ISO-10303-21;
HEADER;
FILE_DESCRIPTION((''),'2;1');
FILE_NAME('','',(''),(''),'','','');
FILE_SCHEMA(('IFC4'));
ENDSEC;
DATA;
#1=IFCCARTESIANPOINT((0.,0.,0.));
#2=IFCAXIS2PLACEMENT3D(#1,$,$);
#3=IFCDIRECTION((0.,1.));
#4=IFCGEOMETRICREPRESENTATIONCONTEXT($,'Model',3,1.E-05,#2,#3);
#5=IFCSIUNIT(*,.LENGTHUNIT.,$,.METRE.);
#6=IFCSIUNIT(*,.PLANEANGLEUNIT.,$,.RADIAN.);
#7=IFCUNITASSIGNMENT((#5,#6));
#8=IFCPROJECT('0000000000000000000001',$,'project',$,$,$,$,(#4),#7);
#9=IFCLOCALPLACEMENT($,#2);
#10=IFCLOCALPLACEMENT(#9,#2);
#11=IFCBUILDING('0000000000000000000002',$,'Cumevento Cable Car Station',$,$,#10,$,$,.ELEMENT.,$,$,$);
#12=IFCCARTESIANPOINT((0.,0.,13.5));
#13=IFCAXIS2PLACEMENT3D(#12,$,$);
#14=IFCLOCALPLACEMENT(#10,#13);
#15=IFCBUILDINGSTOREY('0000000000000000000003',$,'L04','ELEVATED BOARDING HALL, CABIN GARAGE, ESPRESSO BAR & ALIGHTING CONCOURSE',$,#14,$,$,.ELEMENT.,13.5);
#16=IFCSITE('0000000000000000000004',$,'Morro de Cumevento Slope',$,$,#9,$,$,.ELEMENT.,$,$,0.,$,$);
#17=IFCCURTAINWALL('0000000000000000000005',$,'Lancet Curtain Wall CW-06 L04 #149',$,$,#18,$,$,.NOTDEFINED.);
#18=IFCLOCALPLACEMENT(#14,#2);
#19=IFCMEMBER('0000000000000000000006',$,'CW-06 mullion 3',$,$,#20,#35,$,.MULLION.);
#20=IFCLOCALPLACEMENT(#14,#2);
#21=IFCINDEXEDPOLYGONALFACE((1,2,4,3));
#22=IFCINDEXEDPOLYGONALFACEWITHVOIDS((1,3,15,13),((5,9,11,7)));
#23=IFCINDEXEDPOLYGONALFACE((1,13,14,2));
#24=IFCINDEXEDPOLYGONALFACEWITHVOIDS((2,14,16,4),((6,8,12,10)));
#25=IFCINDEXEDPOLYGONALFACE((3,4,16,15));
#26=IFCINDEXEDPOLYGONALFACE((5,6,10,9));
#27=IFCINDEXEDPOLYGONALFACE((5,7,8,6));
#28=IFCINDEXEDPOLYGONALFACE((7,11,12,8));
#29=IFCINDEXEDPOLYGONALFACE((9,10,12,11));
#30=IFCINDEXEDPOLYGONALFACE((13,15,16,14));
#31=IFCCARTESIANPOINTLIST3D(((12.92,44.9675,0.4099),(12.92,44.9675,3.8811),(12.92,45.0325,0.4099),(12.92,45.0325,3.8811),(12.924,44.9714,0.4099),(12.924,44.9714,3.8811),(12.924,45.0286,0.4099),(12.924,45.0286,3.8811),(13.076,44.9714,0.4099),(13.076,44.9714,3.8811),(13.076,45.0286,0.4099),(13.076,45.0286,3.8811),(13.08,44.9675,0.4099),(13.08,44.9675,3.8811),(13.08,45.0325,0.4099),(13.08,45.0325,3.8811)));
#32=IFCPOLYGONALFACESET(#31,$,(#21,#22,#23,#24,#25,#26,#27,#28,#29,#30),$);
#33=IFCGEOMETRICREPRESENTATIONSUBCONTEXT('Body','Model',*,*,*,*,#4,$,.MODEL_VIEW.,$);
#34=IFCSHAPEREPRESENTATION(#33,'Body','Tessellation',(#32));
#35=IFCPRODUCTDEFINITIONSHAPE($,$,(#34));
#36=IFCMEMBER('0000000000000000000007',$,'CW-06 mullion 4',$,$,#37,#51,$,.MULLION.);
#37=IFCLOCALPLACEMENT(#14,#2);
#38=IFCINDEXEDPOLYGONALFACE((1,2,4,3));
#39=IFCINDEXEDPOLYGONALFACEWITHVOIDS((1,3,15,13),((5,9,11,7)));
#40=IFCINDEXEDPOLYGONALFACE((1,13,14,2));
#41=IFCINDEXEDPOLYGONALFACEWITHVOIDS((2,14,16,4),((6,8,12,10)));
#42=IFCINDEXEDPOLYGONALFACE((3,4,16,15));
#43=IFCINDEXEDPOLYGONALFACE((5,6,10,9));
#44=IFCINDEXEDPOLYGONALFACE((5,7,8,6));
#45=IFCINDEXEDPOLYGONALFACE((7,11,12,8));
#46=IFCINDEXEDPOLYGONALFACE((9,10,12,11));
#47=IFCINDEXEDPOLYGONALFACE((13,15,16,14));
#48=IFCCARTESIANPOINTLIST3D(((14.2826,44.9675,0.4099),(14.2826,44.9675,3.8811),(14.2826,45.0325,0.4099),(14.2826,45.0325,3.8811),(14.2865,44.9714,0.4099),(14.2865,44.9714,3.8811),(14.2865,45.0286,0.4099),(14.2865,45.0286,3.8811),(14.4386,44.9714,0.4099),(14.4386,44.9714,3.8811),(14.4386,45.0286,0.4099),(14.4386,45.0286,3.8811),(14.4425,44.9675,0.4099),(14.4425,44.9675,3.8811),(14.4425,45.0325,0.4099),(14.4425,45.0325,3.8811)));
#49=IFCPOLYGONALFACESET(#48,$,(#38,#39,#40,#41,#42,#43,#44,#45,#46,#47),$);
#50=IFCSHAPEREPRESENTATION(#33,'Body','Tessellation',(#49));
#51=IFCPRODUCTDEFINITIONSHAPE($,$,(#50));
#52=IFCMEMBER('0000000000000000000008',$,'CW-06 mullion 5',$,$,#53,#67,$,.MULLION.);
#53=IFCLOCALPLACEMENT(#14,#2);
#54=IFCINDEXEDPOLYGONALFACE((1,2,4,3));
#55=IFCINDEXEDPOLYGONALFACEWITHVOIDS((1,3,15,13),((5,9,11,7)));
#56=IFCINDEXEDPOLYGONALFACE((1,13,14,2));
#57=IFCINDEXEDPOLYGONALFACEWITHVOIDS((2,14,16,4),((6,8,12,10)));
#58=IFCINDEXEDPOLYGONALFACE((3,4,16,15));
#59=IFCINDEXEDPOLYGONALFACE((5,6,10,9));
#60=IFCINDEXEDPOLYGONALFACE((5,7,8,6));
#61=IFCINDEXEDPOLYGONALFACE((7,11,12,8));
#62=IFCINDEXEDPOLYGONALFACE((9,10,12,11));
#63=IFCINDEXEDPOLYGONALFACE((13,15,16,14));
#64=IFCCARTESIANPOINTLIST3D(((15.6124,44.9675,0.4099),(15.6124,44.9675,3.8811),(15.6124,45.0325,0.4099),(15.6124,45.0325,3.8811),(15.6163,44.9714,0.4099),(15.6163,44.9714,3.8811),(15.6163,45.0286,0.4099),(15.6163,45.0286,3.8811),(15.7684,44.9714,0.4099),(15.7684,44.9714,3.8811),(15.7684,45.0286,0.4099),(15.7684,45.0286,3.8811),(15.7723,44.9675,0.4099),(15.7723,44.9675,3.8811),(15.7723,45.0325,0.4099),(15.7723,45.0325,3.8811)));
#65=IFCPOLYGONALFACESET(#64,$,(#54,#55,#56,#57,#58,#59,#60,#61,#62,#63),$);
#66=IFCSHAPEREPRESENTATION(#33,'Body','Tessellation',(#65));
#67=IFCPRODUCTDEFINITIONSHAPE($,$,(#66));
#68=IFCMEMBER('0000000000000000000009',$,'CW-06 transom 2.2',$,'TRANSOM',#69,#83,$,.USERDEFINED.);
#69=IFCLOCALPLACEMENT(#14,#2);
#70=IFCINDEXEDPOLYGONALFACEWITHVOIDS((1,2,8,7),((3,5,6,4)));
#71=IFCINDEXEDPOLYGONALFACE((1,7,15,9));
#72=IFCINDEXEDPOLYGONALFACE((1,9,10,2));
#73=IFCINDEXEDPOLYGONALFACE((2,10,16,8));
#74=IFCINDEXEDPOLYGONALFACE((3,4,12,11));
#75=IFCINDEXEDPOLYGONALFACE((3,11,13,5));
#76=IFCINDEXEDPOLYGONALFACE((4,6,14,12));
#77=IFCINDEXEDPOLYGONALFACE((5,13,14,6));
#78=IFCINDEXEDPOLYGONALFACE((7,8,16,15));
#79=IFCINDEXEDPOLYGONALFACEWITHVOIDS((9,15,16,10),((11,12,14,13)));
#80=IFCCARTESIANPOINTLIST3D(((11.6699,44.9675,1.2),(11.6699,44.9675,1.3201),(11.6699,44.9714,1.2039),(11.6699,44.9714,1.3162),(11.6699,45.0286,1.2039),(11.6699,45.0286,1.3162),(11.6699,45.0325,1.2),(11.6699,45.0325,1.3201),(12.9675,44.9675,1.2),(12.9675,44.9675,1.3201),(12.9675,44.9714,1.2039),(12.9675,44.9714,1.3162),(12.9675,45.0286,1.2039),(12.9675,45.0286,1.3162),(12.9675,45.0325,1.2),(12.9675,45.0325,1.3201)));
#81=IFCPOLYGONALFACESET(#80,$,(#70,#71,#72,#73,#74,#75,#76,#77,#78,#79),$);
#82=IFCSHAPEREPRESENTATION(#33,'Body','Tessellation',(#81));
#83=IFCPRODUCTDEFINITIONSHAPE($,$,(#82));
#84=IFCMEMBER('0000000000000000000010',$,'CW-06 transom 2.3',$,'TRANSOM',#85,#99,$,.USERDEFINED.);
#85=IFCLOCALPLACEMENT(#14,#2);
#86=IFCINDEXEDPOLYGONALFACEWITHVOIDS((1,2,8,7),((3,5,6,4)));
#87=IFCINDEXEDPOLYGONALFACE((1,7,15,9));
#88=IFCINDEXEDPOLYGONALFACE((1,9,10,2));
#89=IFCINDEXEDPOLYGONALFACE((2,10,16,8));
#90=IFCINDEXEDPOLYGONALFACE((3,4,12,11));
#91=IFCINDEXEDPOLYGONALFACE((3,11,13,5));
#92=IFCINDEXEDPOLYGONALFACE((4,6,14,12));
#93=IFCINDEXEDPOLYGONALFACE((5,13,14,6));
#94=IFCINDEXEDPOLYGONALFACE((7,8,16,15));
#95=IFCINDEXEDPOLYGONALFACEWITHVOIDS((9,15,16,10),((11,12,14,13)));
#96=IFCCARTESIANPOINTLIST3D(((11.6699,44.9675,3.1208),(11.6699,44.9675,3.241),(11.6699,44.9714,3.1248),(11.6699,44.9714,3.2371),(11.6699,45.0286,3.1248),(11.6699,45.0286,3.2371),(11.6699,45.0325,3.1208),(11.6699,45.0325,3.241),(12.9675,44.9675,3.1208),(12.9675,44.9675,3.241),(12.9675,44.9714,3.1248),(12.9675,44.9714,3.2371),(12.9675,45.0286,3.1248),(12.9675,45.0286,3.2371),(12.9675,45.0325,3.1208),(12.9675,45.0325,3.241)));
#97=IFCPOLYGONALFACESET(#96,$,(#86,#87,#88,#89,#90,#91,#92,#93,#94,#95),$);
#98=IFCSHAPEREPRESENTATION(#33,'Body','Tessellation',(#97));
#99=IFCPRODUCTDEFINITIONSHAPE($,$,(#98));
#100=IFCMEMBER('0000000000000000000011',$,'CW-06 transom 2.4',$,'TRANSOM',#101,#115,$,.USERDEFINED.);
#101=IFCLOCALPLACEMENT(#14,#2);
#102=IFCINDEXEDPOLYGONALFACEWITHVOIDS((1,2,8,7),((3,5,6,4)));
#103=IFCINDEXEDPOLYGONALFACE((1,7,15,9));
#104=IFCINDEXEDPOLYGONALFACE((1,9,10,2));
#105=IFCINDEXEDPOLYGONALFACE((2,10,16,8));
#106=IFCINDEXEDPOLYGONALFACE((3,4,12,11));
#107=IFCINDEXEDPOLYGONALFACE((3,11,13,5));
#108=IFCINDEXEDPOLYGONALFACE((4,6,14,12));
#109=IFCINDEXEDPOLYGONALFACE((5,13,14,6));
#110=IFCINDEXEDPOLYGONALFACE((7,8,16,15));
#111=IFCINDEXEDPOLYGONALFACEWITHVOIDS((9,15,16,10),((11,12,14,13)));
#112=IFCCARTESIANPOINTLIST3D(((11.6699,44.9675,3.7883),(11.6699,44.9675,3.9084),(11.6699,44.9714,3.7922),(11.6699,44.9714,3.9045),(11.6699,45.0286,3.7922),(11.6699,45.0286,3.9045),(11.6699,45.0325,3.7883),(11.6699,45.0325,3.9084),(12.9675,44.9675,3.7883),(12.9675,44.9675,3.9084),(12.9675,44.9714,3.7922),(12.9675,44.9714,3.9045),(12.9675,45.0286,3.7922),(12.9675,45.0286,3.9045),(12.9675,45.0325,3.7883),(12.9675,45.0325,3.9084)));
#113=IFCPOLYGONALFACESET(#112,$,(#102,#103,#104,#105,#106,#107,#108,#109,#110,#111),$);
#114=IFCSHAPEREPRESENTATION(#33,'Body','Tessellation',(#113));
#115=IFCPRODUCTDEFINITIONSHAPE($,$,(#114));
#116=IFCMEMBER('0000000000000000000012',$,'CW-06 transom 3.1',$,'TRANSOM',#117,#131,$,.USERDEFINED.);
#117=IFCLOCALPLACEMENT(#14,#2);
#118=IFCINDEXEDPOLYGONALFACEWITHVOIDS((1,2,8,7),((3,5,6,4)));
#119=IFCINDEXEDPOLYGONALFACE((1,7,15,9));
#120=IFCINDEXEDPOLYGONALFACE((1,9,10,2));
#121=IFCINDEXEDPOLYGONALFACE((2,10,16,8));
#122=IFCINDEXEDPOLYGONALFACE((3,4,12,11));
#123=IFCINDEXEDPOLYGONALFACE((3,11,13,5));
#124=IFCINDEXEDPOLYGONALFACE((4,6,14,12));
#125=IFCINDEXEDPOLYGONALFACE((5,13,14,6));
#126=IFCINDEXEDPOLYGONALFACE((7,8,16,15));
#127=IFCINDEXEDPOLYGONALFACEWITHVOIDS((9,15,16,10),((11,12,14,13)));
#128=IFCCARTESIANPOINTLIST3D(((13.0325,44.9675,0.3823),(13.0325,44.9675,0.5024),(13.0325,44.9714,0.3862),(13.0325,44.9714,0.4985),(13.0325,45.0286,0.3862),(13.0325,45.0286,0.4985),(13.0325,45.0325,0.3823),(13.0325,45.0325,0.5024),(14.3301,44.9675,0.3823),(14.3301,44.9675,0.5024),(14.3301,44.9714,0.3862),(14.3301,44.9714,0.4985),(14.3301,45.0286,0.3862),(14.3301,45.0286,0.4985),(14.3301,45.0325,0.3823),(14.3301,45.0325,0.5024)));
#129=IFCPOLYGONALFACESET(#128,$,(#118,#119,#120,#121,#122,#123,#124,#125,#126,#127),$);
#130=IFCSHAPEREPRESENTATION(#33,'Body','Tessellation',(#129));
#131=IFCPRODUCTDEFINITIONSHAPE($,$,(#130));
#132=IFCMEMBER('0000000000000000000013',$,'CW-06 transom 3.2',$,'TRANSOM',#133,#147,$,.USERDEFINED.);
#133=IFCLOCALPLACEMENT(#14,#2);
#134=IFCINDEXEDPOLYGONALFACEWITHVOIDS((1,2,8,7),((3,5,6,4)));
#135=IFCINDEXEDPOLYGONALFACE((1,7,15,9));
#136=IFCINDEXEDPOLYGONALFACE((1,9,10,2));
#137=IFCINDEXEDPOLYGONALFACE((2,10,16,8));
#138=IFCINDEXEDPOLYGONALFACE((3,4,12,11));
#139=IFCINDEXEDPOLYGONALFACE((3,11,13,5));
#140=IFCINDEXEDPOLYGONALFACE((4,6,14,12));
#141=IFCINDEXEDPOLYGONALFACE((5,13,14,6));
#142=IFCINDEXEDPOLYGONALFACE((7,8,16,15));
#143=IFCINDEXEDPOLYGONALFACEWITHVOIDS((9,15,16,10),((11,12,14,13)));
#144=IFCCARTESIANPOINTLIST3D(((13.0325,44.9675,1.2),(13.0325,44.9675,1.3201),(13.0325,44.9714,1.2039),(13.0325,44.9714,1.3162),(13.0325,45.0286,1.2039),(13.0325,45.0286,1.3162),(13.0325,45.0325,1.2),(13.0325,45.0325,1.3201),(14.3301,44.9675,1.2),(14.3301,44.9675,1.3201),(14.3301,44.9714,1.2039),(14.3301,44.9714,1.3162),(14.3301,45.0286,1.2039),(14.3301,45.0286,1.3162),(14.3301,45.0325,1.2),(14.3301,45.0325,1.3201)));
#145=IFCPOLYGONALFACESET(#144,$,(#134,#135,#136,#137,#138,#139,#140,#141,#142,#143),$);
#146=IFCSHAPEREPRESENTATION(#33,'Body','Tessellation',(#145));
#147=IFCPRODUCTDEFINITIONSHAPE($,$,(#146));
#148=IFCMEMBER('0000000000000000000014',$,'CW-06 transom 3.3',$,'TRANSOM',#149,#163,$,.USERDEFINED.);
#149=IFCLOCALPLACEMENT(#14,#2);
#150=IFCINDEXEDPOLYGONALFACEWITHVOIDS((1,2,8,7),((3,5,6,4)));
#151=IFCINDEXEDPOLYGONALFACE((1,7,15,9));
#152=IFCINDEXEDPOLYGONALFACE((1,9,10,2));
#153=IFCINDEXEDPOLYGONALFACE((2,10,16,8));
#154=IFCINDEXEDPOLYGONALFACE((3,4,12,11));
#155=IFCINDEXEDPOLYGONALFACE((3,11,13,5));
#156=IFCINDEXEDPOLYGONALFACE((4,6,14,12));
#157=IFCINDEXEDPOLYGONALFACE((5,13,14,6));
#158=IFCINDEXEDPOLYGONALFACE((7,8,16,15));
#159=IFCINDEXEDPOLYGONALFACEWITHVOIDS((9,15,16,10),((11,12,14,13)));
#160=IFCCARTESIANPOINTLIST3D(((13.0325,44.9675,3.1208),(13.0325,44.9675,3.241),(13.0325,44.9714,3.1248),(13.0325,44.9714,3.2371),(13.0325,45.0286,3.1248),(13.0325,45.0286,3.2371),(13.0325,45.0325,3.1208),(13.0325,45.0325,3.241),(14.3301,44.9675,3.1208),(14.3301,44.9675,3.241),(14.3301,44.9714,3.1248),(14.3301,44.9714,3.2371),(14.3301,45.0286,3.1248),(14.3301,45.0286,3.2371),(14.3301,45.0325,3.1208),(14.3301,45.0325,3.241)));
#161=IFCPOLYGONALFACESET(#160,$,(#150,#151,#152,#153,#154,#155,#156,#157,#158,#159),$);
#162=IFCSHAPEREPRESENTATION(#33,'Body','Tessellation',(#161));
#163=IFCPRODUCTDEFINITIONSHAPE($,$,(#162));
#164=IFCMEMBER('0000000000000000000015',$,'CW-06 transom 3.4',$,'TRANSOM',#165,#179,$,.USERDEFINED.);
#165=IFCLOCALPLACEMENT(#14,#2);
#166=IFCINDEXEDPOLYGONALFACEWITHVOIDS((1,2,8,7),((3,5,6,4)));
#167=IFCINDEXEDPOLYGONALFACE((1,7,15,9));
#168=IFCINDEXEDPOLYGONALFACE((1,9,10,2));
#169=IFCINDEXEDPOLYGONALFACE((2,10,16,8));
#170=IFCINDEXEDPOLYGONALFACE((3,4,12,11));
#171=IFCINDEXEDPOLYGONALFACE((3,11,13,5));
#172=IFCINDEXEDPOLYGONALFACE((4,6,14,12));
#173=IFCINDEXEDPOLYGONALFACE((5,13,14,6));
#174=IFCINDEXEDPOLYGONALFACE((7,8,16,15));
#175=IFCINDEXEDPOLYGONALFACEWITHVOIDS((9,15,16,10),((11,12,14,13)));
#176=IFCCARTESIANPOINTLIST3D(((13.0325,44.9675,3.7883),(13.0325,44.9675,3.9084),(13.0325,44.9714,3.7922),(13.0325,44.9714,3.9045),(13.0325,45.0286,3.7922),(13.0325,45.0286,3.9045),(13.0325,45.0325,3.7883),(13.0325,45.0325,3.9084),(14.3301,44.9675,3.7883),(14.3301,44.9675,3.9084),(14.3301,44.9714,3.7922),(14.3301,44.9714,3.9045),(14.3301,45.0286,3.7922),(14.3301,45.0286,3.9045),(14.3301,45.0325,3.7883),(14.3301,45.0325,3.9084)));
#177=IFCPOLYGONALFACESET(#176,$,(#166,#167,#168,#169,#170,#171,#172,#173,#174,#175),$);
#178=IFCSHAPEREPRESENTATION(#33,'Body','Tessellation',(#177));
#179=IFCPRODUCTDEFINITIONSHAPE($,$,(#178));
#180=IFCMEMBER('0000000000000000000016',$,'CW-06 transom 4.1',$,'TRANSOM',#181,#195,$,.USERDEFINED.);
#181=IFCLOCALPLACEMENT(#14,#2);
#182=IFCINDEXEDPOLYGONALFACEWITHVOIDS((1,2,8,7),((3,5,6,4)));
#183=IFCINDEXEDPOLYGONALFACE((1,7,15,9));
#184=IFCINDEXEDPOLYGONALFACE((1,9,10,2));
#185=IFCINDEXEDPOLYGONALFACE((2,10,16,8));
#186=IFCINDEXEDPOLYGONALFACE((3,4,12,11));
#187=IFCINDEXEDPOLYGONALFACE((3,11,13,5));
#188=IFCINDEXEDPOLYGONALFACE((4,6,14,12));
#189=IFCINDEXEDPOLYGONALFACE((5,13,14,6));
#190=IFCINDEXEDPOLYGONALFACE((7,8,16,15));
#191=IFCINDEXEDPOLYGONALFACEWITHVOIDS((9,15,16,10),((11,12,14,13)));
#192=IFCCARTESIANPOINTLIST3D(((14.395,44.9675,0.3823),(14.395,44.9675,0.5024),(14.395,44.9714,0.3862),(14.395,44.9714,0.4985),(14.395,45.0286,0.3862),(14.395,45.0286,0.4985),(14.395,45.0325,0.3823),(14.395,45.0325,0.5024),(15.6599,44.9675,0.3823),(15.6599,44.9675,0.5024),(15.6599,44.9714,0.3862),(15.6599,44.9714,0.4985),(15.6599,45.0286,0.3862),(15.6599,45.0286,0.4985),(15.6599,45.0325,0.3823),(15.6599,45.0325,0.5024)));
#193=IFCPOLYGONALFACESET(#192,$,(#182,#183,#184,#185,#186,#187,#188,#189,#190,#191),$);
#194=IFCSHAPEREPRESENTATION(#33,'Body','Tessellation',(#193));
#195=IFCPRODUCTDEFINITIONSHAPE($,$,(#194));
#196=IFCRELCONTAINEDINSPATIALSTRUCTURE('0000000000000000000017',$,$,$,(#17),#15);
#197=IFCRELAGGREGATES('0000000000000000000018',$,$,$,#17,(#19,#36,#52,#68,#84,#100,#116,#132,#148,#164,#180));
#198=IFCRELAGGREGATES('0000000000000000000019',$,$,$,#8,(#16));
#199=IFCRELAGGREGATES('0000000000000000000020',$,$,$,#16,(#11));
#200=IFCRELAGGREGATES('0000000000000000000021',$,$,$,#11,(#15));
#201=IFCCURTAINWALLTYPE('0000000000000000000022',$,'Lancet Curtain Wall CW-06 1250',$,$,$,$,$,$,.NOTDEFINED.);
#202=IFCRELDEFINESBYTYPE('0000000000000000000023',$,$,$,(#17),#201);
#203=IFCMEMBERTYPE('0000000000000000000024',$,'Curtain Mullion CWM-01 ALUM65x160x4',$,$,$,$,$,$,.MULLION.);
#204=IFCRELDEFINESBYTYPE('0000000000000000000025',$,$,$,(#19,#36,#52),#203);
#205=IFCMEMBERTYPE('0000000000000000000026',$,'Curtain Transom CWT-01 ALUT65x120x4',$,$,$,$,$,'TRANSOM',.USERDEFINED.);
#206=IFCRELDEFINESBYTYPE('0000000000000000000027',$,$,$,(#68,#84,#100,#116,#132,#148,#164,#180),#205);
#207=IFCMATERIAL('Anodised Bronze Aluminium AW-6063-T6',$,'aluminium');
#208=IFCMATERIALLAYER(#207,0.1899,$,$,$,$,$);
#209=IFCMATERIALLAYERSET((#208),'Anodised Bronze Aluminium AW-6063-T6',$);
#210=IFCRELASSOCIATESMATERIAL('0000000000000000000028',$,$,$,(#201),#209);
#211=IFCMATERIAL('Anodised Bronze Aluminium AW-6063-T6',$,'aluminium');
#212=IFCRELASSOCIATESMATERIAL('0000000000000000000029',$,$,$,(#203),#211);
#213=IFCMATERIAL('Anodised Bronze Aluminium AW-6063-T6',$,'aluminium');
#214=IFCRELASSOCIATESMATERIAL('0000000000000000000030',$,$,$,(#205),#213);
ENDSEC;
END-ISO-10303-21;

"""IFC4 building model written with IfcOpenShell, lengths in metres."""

from ifc_helpers import new_model, si_unit, direction, frame, origin, origin_2d, place, context, subcontext, project, spatial, hollow_rectangle, extrude, material, layer, layer_set, material_profile, profile_set, type_object, element, aggregate, save


model = new_model("IFC4")

# Units and contexts
model_context = context("Model", 3, precision=1e-05, world=origin(), true_north=direction((0.0, 1.0)))
body_context = subcontext(model_context, "Body", "Model", "MODEL_VIEW")
ifc_project = project(units=[si_unit("LENGTHUNIT", "METRE"), si_unit("PLANEANGLEUNIT", "RADIAN")], contexts=[model_context])

# Site, building, storey
site_placement = place(None, origin())
site = spatial("IfcSite", under=ifc_project, at=site_placement, Name="Morro de Cumevento Slope", CompositionType="ELEMENT", RefElevation=0.0)
building_placement = place(site_placement, origin())
building = spatial("IfcBuilding", under=site, at=building_placement, Name="Cumevento Cable Car Station", CompositionType="ELEMENT")
storey_placement = place(building_placement, frame((0.0, 0.0, 13.5)))
storey = spatial("IfcBuildingStorey", under=building, at=storey_placement, Name="L04", Description="ELEVATED BOARDING HALL, CABIN GARAGE, ESPRESSO BAR & ALIGHTING CONCOURSE", CompositionType="ELEMENT", Elevation=13.5)

# Curtain wall, members
ifc_material_1 = material(Name="Anodised Bronze Aluminium AW-6063-T6", Category="aluminium")
ifc_layer_1 = layer(ifc_material_1, 0.1899)
ifc_layer_set_1 = layer_set([ifc_layer_1], Name="Anodised Bronze Aluminium AW-6063-T6")
curtain_wall_type = type_object("IfcCurtainWallType", Name="Lancet Curtain Wall CW-06 1250", PredefinedType="NOTDEFINED", material=ifc_layer_set_1)
curtain_wall_placement = place(storey_placement, origin())
curtain_wall = element("IfcCurtainWall", 1, at=curtain_wall_placement, inside=storey, type_object=curtain_wall_type, Name="Lancet Curtain Wall CW-06 L04 #149", PredefinedType="NOTDEFINED")
ifc_material_2 = material(Name="Anodised Bronze Aluminium AW-6063-T6", Category="aluminium")
ifc_material_profile_1 = material_profile(ifc_material_2, hollow_rectangle(XDim=0.0649, YDim=0.1599, WallThickness=0.0039, at=origin_2d()), Name="ALUM65x160x4")
ifc_profile_set_1 = profile_set([ifc_material_profile_1], Name="Anodised Bronze Aluminium AW-6063-T6")
member_type_1 = type_object("IfcMemberType", Name="Curtain Mullion CWM-01 ALUM65x160x4", PredefinedType="MULLION", material=ifc_profile_set_1)
member_1_placement = place(storey_placement, frame((13.0, 45.0, 0.4099), z_axis=(0.0, 0.0, 1.0), x_axis=(0.0, 1.0, 0.0)))
member_1 = element("IfcMember", 2, at=member_1_placement, type_object=member_type_1, Name="CW-06 mullion 3", PredefinedType="MULLION", context=body_context, shape_type="SweptSolid", body=[
    extrude(hollow_rectangle(XDim=0.0649, YDim=0.1599, WallThickness=0.0039, at=origin_2d()), origin(), (0.0, 0.0, 1.0), 3.4712),
])
member_2_placement = place(storey_placement, frame((14.3625, 45.0, 0.4099), z_axis=(0.0, 0.0, 1.0), x_axis=(0.0, 1.0, 0.0)))
member_2 = element("IfcMember", 3, at=member_2_placement, type_object=member_type_1, Name="CW-06 mullion 4", PredefinedType="MULLION", context=body_context, shape_type="SweptSolid", body=[
    extrude(hollow_rectangle(XDim=0.0649, YDim=0.1599, WallThickness=0.0039, at=origin_2d()), origin(), (0.0, 0.0, 1.0), 3.4712),
])
member_3_placement = place(storey_placement, frame((15.6924, 45.0, 0.4099), z_axis=(0.0, 0.0, 1.0), x_axis=(0.0, 1.0, 0.0)))
member_3 = element("IfcMember", 4, at=member_3_placement, type_object=member_type_1, Name="CW-06 mullion 5", PredefinedType="MULLION", context=body_context, shape_type="SweptSolid", body=[
    extrude(hollow_rectangle(XDim=0.0649, YDim=0.1599, WallThickness=0.0039, at=origin_2d()), origin(), (0.0, 0.0, 1.0), 3.4712),
])
ifc_material_3 = material(Name="Anodised Bronze Aluminium AW-6063-T6", Category="aluminium")
ifc_material_profile_2 = material_profile(ifc_material_3, hollow_rectangle(XDim=0.0649, YDim=0.1201, WallThickness=0.0039, at=origin_2d()), Name="ALUT65x120x4")
ifc_profile_set_2 = profile_set([ifc_material_profile_2], Name="Anodised Bronze Aluminium AW-6063-T6")
member_type_2 = type_object("IfcMemberType", Name="Curtain Transom CWT-01 ALUT65x120x4", ElementType="TRANSOM", PredefinedType="USERDEFINED", material=ifc_profile_set_2)
member_4_placement = place(storey_placement, frame((11.6699, 45.0, 1.26), z_axis=(1.0, 0.0, 0.0), x_axis=(0.0, 1.0, 0.0)))
member_4 = element("IfcMember", 5, at=member_4_placement, type_object=member_type_2, Name="CW-06 transom 2.2", ObjectType="TRANSOM", PredefinedType="USERDEFINED", context=body_context, shape_type="SweptSolid", body=[
    extrude(hollow_rectangle(XDim=0.0649, YDim=0.1201, WallThickness=0.0039, at=origin_2d()), origin(), (0.0, 0.0, 1.0), 1.2976),
])
member_5_placement = place(storey_placement, frame((11.6699, 45.0, 3.1809), z_axis=(1.0, 0.0, 0.0), x_axis=(0.0, 1.0, 0.0)))
member_5 = element("IfcMember", 6, at=member_5_placement, type_object=member_type_2, Name="CW-06 transom 2.3", ObjectType="TRANSOM", PredefinedType="USERDEFINED", context=body_context, shape_type="SweptSolid", body=[
    extrude(hollow_rectangle(XDim=0.0649, YDim=0.1201, WallThickness=0.0039, at=origin_2d()), origin(), (0.0, 0.0, 1.0), 1.2976),
])
member_6_placement = place(storey_placement, frame((11.6699, 45.0, 3.8484), z_axis=(1.0, 0.0, 0.0), x_axis=(0.0, 1.0, 0.0)))
member_6 = element("IfcMember", 7, at=member_6_placement, type_object=member_type_2, Name="CW-06 transom 2.4", ObjectType="TRANSOM", PredefinedType="USERDEFINED", context=body_context, shape_type="SweptSolid", body=[
    extrude(hollow_rectangle(XDim=0.0649, YDim=0.1201, WallThickness=0.0039, at=origin_2d()), origin(), (0.0, 0.0, 1.0), 1.2976),
])
member_7_placement = place(storey_placement, frame((13.0325, 45.0, 0.4424), z_axis=(1.0, 0.0, 0.0), x_axis=(0.0, 1.0, 0.0)))
member_7 = element("IfcMember", 8, at=member_7_placement, type_object=member_type_2, Name="CW-06 transom 3.1", ObjectType="TRANSOM", PredefinedType="USERDEFINED", context=body_context, shape_type="SweptSolid", body=[
    extrude(hollow_rectangle(XDim=0.0649, YDim=0.1201, WallThickness=0.0039, at=origin_2d()), origin(), (0.0, 0.0, 1.0), 1.2976),
])
member_8_placement = place(storey_placement, frame((13.0325, 45.0, 1.26), z_axis=(1.0, 0.0, 0.0), x_axis=(0.0, 1.0, 0.0)))
member_8 = element("IfcMember", 9, at=member_8_placement, type_object=member_type_2, Name="CW-06 transom 3.2", ObjectType="TRANSOM", PredefinedType="USERDEFINED", context=body_context, shape_type="SweptSolid", body=[
    extrude(hollow_rectangle(XDim=0.0649, YDim=0.1201, WallThickness=0.0039, at=origin_2d()), origin(), (0.0, 0.0, 1.0), 1.2976),
])
member_9_placement = place(storey_placement, frame((13.0325, 45.0, 3.1809), z_axis=(1.0, 0.0, 0.0), x_axis=(0.0, 1.0, 0.0)))
member_9 = element("IfcMember", 10, at=member_9_placement, type_object=member_type_2, Name="CW-06 transom 3.3", ObjectType="TRANSOM", PredefinedType="USERDEFINED", context=body_context, shape_type="SweptSolid", body=[
    extrude(hollow_rectangle(XDim=0.0649, YDim=0.1201, WallThickness=0.0039, at=origin_2d()), origin(), (0.0, 0.0, 1.0), 1.2976),
])
member_10_placement = place(storey_placement, frame((13.0325, 45.0, 3.8484), z_axis=(1.0, 0.0, 0.0), x_axis=(0.0, 1.0, 0.0)))
member_10 = element("IfcMember", 11, at=member_10_placement, type_object=member_type_2, Name="CW-06 transom 3.4", ObjectType="TRANSOM", PredefinedType="USERDEFINED", context=body_context, shape_type="SweptSolid", body=[
    extrude(hollow_rectangle(XDim=0.0649, YDim=0.1201, WallThickness=0.0039, at=origin_2d()), origin(), (0.0, 0.0, 1.0), 1.2976),
])
member_11_placement = place(storey_placement, frame((14.395, 45.0, 0.4424), z_axis=(1.0, 0.0, 0.0), x_axis=(0.0, 1.0, 0.0)))
member_11 = element("IfcMember", 12, at=member_11_placement, type_object=member_type_2, Name="CW-06 transom 4.1", ObjectType="TRANSOM", PredefinedType="USERDEFINED", context=body_context, shape_type="SweptSolid", body=[
    extrude(hollow_rectangle(XDim=0.0649, YDim=0.1201, WallThickness=0.0039, at=origin_2d()), origin(), (0.0, 0.0, 1.0), 1.2649),
])
aggregate(curtain_wall, [member_1, member_2, member_3, member_4, member_5, member_6, member_7, member_8, member_9, member_10, member_11])

save(model, "model.ifc")
